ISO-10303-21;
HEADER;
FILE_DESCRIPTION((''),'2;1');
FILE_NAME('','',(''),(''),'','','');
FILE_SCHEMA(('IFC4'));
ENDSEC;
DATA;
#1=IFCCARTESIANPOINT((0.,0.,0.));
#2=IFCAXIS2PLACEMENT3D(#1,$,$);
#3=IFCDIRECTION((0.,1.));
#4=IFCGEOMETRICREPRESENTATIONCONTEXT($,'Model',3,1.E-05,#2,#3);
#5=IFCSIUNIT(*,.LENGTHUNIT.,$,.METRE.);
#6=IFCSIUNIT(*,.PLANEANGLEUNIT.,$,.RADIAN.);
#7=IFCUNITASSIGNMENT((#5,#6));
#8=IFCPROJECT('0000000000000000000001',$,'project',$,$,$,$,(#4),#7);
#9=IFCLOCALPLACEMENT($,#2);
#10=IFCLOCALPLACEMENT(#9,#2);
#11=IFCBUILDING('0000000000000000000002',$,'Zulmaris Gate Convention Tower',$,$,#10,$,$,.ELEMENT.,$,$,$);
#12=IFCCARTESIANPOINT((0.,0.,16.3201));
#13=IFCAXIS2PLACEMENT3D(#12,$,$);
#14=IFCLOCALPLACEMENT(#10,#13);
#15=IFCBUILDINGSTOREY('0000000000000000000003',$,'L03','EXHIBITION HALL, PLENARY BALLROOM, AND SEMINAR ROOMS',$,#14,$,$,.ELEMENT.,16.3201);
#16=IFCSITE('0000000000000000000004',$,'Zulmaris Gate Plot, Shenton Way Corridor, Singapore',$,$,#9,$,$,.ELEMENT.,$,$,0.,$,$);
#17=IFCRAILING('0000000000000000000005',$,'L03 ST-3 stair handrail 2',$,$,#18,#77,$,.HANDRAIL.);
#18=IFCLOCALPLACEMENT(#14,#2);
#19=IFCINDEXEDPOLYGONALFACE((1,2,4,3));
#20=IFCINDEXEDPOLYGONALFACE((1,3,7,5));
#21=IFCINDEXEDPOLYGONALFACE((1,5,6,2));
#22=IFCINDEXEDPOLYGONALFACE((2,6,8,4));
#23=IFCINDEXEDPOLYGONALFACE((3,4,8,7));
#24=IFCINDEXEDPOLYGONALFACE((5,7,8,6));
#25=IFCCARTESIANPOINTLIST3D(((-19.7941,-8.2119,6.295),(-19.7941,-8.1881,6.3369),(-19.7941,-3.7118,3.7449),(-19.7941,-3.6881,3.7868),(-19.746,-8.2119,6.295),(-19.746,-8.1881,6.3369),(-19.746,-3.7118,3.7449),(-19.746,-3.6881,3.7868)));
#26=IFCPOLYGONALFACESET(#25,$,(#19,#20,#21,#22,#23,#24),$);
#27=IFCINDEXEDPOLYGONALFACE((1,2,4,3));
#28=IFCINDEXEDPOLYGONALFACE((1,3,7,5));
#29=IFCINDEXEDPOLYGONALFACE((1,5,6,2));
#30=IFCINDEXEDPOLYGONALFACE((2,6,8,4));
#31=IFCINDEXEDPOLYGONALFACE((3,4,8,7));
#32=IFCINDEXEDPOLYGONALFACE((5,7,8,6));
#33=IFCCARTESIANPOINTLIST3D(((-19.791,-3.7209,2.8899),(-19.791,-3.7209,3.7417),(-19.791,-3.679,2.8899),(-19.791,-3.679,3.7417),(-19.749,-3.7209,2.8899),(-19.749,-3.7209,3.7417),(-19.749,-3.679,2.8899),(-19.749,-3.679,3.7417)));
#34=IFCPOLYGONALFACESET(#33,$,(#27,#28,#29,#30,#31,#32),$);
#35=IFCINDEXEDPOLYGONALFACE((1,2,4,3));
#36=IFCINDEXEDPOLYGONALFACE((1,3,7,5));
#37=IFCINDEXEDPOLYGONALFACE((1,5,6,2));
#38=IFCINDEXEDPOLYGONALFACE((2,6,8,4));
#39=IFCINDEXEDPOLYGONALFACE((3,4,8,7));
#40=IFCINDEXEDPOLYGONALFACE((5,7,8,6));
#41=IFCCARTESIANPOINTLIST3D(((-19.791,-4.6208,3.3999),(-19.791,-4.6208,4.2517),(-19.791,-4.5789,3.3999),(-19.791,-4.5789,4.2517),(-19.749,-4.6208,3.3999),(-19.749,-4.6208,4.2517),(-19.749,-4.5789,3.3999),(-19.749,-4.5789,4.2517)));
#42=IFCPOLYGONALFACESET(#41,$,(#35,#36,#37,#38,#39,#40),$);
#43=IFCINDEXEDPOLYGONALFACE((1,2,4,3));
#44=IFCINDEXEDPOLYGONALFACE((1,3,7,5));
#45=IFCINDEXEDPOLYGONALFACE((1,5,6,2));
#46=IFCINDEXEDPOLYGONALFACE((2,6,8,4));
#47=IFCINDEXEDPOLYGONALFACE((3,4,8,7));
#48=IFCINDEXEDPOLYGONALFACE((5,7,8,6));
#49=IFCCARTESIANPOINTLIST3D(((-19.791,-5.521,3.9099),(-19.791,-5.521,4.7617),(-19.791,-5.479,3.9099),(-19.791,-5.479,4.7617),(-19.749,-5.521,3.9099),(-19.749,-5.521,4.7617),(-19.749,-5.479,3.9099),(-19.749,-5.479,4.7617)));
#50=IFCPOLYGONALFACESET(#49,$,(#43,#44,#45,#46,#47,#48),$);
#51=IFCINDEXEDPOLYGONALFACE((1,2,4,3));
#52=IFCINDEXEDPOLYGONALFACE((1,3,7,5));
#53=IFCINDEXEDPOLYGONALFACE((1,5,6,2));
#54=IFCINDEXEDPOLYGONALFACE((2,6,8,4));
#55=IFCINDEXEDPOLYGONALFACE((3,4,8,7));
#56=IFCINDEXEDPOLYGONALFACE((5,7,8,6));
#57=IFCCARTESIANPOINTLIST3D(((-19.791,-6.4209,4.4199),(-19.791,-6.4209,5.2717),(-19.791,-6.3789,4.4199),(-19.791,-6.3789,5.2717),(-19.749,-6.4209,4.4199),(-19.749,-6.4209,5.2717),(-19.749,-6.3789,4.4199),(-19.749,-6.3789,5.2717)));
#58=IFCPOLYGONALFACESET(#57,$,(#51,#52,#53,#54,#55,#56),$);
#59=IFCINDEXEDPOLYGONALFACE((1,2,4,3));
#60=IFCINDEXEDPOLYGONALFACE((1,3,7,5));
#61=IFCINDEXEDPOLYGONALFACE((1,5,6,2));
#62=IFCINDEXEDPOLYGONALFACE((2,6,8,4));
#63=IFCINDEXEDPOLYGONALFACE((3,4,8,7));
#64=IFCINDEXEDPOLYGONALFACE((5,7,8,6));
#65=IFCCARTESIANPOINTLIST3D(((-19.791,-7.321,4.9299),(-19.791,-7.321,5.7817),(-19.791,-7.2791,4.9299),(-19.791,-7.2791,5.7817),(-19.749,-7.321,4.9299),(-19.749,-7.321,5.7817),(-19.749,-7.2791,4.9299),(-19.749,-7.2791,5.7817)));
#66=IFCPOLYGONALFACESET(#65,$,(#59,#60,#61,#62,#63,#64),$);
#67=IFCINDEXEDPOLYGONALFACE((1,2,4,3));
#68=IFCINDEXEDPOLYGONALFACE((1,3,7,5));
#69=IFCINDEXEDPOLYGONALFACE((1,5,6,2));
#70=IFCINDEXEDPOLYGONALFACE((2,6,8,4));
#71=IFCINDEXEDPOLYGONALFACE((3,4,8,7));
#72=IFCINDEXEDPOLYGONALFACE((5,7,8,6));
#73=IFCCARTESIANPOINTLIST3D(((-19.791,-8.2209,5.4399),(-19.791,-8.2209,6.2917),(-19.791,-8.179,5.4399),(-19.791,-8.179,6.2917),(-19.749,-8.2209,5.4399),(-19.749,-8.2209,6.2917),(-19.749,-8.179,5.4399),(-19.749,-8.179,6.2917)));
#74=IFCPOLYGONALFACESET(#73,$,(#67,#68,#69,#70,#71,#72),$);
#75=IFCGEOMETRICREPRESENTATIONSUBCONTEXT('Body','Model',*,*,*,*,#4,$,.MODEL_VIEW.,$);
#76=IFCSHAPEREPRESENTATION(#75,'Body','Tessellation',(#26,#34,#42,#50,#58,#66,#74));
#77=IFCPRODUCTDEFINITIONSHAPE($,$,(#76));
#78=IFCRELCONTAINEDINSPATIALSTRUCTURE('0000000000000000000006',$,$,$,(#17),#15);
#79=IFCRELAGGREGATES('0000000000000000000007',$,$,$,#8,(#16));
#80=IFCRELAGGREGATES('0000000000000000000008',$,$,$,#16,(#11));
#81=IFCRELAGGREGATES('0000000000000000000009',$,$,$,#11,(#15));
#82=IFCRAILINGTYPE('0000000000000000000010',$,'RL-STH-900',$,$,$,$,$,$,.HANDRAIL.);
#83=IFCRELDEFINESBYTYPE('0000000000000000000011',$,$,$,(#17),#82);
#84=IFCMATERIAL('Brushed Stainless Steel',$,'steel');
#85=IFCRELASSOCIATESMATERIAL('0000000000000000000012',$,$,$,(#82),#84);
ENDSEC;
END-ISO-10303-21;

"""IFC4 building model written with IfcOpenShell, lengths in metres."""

from ifc_helpers import new_model, si_unit, direction, frame, origin, origin_2d, place, context, subcontext, project, spatial, rectangle, extrude, material, type_object, element, save


model = new_model("IFC4")

# Units and contexts
model_context = context("Model", 3, precision=1e-05, world=origin(), true_north=direction((0.0, 1.0)))
body_context = subcontext(model_context, "Body", "Model", "MODEL_VIEW")
ifc_project = project(units=[si_unit("LENGTHUNIT", "METRE"), si_unit("PLANEANGLEUNIT", "RADIAN")], contexts=[model_context])

# Site, building, storey
site_placement = place(None, origin())
site = spatial("IfcSite", under=ifc_project, at=site_placement, Name="Zulmaris Gate Plot, Shenton Way Corridor, Singapore", CompositionType="ELEMENT", RefElevation=0.0)
building_placement = place(site_placement, origin())
building = spatial("IfcBuilding", under=site, at=building_placement, Name="Zulmaris Gate Convention Tower", CompositionType="ELEMENT")
storey_placement = place(building_placement, frame((0.0, 0.0, 16.3201)))
storey = spatial("IfcBuildingStorey", under=building, at=storey_placement, Name="L03", Description="EXHIBITION HALL, PLENARY BALLROOM, AND SEMINAR ROOMS", CompositionType="ELEMENT", Elevation=16.3201)

# Railing
ifc_material_1 = material(Name="Brushed Stainless Steel", Category="steel")
railing_type_1 = type_object("IfcRailingType", Name="RL-STH-900", PredefinedType="HANDRAIL", material=ifc_material_1)
railing_1_placement = place(storey_placement, frame((-19.77, -3.7, 2.8899)))
element("IfcRailing", 1, at=railing_1_placement, inside=storey, type_object=railing_type_1, Name="L03 ST-3 stair handrail 2", PredefinedType="HANDRAIL", context=body_context, shape_type="SweptSolid", body=[
    extrude(rectangle(XDim=0.0481, YDim=0.0481, at=origin_2d()), frame((0.0, 0.0, 0.876), z_axis=(0.0, -0.870018, 0.49302), x_axis=(1.0, 0.0, 0.0)), (0.0, 0.0, 1.0), 5.1724),
    extrude(rectangle(XDim=0.042, YDim=0.042, at=origin_2d()), origin(), (0.0, 0.0, 1.0), 0.8518),
    extrude(rectangle(XDim=0.042, YDim=0.042, at=origin_2d()), frame((0.0, -0.8999, 0.51)), (0.0, 0.0, 1.0), 0.8518),
    extrude(rectangle(XDim=0.042, YDim=0.042, at=origin_2d()), frame((0.0, -1.8, 1.02)), (0.0, 0.0, 1.0), 0.8518),
    extrude(rectangle(XDim=0.042, YDim=0.042, at=origin_2d()), frame((0.0, -2.7, 1.53)), (0.0, 0.0, 1.0), 0.8518),
    extrude(rectangle(XDim=0.042, YDim=0.042, at=origin_2d()), frame((0.0, -3.6001, 2.04)), (0.0, 0.0, 1.0), 0.8518),
    extrude(rectangle(XDim=0.042, YDim=0.042, at=origin_2d()), frame((0.0, -4.5, 2.55)), (0.0, 0.0, 1.0), 0.8518),
])

save(model, "model.ifc")
